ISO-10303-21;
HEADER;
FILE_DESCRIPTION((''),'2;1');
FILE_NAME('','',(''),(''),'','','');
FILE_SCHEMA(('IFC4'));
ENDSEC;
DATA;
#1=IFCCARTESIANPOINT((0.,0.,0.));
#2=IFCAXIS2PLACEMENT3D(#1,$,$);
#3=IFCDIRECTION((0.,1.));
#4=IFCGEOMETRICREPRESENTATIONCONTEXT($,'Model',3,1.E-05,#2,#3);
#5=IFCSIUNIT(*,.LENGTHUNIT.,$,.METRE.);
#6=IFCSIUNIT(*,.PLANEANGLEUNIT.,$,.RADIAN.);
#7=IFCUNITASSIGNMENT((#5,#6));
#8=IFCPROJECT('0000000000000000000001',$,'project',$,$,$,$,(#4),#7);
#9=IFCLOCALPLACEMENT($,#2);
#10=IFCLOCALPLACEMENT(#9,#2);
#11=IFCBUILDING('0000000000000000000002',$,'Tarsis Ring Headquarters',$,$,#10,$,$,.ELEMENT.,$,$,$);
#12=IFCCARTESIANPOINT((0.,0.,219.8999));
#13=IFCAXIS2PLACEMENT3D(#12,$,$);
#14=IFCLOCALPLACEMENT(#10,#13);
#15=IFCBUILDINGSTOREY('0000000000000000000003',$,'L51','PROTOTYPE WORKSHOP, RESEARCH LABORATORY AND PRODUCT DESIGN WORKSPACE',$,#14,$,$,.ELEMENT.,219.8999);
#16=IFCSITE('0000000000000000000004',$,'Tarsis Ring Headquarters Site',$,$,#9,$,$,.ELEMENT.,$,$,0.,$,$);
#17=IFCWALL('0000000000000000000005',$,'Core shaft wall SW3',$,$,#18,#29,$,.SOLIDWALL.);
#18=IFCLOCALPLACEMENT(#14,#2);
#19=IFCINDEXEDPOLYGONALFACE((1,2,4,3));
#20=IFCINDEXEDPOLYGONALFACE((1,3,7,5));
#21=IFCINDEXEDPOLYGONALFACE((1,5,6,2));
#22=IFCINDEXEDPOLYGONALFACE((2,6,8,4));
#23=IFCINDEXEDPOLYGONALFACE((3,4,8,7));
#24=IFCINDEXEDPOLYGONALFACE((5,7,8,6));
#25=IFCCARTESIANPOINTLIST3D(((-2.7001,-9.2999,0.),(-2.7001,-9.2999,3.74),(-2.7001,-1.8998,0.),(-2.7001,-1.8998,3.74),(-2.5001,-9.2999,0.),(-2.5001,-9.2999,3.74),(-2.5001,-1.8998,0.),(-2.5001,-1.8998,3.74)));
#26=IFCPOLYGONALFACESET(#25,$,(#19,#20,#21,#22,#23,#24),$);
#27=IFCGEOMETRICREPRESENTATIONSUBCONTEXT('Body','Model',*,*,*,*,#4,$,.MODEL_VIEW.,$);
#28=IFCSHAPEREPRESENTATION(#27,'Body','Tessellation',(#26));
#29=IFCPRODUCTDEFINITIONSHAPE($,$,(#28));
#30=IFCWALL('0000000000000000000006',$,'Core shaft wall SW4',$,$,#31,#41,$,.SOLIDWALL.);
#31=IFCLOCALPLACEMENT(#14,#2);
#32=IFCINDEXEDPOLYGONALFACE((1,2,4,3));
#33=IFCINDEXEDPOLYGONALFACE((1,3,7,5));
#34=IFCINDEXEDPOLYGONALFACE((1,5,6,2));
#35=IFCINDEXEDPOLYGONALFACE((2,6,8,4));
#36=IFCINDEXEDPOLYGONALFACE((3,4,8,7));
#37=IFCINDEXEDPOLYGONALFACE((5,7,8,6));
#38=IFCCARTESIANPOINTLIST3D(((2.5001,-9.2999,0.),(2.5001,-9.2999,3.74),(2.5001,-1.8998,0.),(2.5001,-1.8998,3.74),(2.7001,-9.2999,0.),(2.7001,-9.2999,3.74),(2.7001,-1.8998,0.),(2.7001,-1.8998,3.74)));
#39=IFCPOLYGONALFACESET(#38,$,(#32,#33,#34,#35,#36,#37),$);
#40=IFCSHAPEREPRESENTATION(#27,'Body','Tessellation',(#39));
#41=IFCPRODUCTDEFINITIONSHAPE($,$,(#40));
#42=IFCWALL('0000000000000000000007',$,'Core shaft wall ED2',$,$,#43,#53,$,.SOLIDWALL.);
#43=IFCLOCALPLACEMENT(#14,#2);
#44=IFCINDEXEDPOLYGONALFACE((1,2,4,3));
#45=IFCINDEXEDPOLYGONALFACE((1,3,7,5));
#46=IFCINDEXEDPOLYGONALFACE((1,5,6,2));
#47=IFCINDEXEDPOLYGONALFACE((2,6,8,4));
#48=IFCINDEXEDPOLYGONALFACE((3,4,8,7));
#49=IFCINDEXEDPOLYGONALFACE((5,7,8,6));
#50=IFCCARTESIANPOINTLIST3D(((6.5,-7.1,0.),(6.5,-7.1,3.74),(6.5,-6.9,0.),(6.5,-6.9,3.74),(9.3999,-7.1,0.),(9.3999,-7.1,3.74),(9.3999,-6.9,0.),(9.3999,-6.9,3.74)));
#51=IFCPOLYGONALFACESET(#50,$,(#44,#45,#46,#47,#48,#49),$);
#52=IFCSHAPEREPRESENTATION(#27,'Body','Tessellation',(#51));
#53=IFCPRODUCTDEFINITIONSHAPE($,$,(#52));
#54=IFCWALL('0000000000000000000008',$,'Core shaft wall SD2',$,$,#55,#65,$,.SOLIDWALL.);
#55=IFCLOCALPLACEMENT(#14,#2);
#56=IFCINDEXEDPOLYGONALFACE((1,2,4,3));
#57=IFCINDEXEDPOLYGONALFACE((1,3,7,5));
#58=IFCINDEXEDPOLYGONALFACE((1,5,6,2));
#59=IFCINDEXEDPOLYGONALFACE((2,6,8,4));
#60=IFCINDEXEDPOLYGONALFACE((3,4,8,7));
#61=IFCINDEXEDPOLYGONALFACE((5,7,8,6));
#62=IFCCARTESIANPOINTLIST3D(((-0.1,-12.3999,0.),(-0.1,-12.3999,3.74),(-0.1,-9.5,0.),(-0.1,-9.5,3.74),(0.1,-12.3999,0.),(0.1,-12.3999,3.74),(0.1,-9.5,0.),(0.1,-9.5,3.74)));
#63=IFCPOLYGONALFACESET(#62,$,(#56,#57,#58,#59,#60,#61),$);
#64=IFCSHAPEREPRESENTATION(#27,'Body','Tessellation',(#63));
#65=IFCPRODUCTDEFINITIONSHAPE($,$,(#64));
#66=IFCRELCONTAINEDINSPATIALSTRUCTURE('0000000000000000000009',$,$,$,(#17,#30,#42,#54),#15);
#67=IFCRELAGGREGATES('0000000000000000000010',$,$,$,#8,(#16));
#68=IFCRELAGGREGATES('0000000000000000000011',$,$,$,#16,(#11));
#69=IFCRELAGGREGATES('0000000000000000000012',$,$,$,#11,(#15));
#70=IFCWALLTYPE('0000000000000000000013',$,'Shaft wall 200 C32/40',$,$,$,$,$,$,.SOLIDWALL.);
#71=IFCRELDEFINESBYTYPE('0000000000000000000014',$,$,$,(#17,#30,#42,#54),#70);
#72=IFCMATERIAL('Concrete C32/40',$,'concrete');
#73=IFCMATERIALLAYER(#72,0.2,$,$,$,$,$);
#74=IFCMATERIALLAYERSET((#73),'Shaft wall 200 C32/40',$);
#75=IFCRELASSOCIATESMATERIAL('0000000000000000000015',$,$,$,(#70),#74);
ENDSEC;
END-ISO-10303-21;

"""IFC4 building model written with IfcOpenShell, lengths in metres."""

from ifc_helpers import new_model, si_unit, direction, frame, frame_2d, origin, place, context, subcontext, project, spatial, rectangle, extrude, material, layer, layer_set, type_object, element, save


model = new_model("IFC4")

# Units and contexts
model_context = context("Model", 3, precision=1e-05, world=origin(), true_north=direction((0.0, 1.0)))
body_context = subcontext(model_context, "Body", "Model", "MODEL_VIEW")
ifc_project = project(units=[si_unit("LENGTHUNIT", "METRE"), si_unit("PLANEANGLEUNIT", "RADIAN")], contexts=[model_context])

# Site, building, storey
site_placement = place(None, origin())
site = spatial("IfcSite", under=ifc_project, at=site_placement, Name="Tarsis Ring Headquarters Site", CompositionType="ELEMENT", RefElevation=0.0)
building_placement = place(site_placement, origin())
building = spatial("IfcBuilding", under=site, at=building_placement, Name="Tarsis Ring Headquarters", CompositionType="ELEMENT")
storey_placement = place(building_placement, frame((0.0, 0.0, 219.8999)))
storey = spatial("IfcBuildingStorey", under=building, at=storey_placement, Name="L51", Description="PROTOTYPE WORKSHOP, RESEARCH LABORATORY AND PRODUCT DESIGN WORKSPACE", CompositionType="ELEMENT", Elevation=219.8999)

# Walls
ifc_material_1 = material(Name="Concrete C32/40", Category="concrete")
ifc_layer_1 = layer(ifc_material_1, 0.2)
ifc_layer_set_1 = layer_set([ifc_layer_1], Name="Shaft wall 200 C32/40")
wall_type_1 = type_object("IfcWallType", Name="Shaft wall 200 C32/40", PredefinedType="SOLIDWALL", material=ifc_layer_set_1)
for number, where, z_axis, x_axis, name in (
    (1, (-2.6001, -9.3, 0.0), (0.0, 0.0, 1.0), (0.0, 1.0, 0.0), "Core shaft wall SW3"),
    (2, (2.6001, -9.3, 0.0), (0.0, 0.0, 1.0), (0.0, 1.0, 0.0), "Core shaft wall SW4"),
):
    element("IfcWall", number, at=place(storey_placement, frame(where, z_axis=z_axis, x_axis=x_axis)), inside=storey, type_object=wall_type_1, Name=name, PredefinedType="SOLIDWALL", context=body_context, shape_type="SweptSolid", body=[
        extrude(rectangle(XDim=7.4001, YDim=0.2, at=frame_2d((3.7002, 0.0))), origin(), (0.0, 0.0, 1.0), 3.74),
    ])
for number, where, z_axis, x_axis, name in (
    (3, (6.5, -7.0, 0.0), (0.0, 0.0, 1.0), (1.0, 0.0, 0.0), "Core shaft wall ED2"),
    (4, (0.0, -12.3999, 0.0), (0.0, 0.0, 1.0), (0.0, 1.0, 0.0), "Core shaft wall SD2"),
):
    element("IfcWall", number, at=place(storey_placement, frame(where, z_axis=z_axis, x_axis=x_axis)), inside=storey, type_object=wall_type_1, Name=name, PredefinedType="SOLIDWALL", context=body_context, shape_type="SweptSolid", body=[
        extrude(rectangle(XDim=2.8999, YDim=0.2, at=frame_2d((1.45, 0.0))), origin(), (0.0, 0.0, 1.0), 3.74),
    ])

save(model, "model.ifc")
